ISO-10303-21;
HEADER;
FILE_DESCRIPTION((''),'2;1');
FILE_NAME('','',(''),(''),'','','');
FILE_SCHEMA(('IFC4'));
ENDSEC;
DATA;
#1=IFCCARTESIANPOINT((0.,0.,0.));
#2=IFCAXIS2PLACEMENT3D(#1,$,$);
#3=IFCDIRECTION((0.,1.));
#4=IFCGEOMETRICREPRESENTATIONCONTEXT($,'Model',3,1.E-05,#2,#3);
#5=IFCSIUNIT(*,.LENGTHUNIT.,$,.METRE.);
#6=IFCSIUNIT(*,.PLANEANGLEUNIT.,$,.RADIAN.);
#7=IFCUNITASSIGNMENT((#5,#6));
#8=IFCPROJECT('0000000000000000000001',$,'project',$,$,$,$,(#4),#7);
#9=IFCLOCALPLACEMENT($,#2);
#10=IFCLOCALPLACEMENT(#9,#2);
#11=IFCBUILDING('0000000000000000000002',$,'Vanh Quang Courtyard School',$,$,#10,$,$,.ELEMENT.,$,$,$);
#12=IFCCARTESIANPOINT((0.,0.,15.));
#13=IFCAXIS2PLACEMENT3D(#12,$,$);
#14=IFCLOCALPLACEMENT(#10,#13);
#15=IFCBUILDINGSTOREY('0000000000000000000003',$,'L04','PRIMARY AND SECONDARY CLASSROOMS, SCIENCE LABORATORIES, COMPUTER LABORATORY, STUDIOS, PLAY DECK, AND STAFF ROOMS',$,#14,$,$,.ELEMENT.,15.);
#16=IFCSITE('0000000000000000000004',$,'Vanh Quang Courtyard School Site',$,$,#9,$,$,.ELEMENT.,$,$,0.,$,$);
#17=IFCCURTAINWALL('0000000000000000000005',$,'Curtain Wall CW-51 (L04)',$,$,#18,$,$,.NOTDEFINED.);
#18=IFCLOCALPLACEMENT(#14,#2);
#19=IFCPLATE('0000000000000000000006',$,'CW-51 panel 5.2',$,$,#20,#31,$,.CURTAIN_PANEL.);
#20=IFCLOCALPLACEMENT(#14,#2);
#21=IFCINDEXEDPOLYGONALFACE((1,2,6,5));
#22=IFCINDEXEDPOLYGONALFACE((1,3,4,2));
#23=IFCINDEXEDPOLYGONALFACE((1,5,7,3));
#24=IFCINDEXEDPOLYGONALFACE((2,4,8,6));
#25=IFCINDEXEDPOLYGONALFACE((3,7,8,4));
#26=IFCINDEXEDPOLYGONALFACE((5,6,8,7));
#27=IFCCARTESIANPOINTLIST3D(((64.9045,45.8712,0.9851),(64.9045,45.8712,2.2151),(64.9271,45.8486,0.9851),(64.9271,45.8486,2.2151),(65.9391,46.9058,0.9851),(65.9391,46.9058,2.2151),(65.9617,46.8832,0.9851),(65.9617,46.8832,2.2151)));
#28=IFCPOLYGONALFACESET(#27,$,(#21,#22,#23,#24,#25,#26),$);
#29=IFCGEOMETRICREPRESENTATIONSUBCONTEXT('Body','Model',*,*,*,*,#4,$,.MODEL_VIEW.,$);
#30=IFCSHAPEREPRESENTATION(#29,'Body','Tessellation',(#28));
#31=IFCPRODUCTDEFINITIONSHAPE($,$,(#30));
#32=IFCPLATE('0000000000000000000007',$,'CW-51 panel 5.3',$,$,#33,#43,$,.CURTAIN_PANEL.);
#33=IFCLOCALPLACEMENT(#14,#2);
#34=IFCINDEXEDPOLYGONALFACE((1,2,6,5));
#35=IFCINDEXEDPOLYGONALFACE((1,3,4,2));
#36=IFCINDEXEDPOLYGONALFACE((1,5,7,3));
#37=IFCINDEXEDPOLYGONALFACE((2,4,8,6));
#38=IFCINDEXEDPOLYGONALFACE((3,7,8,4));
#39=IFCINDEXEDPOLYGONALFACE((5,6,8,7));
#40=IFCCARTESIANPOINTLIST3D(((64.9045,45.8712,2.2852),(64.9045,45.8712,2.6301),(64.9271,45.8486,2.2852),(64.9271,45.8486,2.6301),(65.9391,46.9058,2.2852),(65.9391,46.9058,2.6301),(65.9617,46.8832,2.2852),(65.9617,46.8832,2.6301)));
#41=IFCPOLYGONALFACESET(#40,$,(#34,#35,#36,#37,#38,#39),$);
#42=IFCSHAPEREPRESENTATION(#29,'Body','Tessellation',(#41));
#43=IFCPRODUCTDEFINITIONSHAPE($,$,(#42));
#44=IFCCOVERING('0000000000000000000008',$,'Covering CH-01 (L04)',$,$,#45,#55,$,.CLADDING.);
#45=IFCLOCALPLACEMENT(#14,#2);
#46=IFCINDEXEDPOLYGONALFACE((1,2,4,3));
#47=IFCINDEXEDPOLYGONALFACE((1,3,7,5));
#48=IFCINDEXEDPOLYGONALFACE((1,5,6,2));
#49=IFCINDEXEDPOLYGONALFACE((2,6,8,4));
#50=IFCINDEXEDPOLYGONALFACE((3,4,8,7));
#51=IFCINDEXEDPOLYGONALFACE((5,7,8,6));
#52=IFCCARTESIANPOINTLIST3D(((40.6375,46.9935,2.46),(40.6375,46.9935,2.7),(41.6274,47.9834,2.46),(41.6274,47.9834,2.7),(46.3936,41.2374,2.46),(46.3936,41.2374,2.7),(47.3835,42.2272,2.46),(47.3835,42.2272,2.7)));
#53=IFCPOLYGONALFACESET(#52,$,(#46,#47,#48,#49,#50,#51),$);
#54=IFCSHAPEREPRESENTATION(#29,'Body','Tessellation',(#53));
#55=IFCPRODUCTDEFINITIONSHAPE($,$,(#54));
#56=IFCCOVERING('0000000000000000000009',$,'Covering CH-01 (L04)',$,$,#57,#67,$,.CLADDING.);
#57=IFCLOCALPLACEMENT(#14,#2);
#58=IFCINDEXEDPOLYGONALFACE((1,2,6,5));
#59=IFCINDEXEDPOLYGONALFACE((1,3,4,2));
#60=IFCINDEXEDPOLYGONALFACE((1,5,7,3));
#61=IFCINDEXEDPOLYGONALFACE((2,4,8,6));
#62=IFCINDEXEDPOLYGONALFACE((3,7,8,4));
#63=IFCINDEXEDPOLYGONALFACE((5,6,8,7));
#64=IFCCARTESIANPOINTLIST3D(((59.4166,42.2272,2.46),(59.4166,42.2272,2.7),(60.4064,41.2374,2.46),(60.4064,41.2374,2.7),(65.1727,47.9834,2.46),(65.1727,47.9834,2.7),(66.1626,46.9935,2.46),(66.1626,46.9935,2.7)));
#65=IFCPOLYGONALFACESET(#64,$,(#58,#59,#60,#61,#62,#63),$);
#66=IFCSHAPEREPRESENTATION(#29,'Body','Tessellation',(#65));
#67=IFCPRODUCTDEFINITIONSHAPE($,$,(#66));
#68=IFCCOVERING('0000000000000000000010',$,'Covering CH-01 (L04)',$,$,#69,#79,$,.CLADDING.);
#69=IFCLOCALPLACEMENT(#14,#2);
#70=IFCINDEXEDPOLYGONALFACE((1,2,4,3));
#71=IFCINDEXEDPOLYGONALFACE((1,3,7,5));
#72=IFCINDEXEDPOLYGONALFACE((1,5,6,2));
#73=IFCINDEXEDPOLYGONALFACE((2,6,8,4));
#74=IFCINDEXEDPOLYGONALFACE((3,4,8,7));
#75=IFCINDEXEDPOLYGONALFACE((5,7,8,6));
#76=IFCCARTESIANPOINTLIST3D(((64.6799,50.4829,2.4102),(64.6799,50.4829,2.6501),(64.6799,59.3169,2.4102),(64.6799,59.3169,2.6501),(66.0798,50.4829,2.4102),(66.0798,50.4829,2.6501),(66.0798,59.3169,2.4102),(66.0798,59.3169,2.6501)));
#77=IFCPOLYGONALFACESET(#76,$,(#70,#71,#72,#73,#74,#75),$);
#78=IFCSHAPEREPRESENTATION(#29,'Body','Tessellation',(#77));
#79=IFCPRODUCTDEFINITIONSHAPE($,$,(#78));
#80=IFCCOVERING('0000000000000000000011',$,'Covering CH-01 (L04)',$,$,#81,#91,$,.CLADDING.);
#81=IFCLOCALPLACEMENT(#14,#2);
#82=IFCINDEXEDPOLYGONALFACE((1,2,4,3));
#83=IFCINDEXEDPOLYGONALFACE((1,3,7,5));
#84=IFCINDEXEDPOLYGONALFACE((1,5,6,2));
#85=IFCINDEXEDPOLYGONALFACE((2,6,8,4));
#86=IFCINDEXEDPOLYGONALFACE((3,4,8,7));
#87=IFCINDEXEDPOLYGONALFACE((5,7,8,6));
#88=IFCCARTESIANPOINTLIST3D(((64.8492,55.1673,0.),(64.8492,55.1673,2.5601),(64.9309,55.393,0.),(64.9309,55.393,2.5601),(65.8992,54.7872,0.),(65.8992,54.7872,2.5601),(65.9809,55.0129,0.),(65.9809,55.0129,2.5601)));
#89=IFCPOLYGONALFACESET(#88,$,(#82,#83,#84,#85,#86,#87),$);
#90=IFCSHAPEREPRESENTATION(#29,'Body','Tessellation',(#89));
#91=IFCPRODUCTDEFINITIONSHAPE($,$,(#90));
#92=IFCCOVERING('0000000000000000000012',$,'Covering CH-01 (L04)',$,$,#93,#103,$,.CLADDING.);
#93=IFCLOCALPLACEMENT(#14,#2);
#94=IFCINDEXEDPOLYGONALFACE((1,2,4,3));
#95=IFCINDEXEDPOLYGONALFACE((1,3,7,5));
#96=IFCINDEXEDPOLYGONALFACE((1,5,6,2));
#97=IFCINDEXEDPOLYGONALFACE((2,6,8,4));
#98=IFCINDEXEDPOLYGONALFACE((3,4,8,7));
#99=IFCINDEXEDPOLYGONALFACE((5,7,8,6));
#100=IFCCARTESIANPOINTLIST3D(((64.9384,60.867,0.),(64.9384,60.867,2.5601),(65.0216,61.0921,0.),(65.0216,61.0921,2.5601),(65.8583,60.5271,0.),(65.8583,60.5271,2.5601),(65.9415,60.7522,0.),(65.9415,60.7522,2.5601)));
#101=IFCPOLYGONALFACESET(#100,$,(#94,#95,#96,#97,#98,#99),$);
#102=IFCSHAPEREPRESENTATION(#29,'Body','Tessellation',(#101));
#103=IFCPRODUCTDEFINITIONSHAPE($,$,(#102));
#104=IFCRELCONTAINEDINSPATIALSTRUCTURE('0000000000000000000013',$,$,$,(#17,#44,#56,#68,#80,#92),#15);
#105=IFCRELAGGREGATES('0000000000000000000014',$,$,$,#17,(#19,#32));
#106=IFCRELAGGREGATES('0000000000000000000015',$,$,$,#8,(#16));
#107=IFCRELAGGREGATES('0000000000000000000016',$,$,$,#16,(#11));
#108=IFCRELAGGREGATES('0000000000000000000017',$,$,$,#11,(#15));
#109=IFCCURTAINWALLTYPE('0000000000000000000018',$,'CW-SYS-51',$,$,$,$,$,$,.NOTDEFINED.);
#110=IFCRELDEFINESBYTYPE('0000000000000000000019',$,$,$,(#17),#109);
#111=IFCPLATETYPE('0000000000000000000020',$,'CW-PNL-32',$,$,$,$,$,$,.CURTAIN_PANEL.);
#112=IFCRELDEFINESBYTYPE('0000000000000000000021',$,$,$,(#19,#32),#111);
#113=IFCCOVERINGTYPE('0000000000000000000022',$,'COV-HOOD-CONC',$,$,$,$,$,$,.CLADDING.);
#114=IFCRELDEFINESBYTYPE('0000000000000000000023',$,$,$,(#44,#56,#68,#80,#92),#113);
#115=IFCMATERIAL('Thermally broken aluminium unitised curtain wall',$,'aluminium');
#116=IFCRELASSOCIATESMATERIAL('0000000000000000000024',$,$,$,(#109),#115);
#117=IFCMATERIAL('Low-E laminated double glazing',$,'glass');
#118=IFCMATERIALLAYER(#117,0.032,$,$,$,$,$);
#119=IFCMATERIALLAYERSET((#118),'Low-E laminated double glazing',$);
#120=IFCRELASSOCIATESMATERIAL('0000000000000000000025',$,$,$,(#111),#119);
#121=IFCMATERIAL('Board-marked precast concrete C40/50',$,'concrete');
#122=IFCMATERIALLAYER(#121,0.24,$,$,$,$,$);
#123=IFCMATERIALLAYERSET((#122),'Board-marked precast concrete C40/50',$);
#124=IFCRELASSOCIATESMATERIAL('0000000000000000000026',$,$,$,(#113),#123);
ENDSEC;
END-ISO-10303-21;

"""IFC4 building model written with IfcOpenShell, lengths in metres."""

from ifc_helpers import new_model, si_unit, direction, frame, origin, origin_2d, place, context, subcontext, project, spatial, rectangle, extrude, material, layer, layer_set, type_object, element, aggregate, save


model = new_model("IFC4")

# Units and contexts
model_context = context("Model", 3, precision=1e-05, world=origin(), true_north=direction((0.0, 1.0)))
body_context = subcontext(model_context, "Body", "Model", "MODEL_VIEW")
ifc_project = project(units=[si_unit("LENGTHUNIT", "METRE"), si_unit("PLANEANGLEUNIT", "RADIAN")], contexts=[model_context])

# Site, building, storey
site_placement = place(None, origin())
site = spatial("IfcSite", under=ifc_project, at=site_placement, Name="Vanh Quang Courtyard School Site", CompositionType="ELEMENT", RefElevation=0.0)
building_placement = place(site_placement, origin())
building = spatial("IfcBuilding", under=site, at=building_placement, Name="Vanh Quang Courtyard School", CompositionType="ELEMENT")
storey_placement = place(building_placement, frame((0.0, 0.0, 15.0)))
storey = spatial("IfcBuildingStorey", under=building, at=storey_placement, Name="L04", Description="PRIMARY AND SECONDARY CLASSROOMS, SCIENCE LABORATORIES, COMPUTER LABORATORY, STUDIOS, PLAY DECK, AND STAFF ROOMS", CompositionType="ELEMENT", Elevation=15.0)

# Curtain wall, plates
ifc_material_1 = material(Name="Thermally broken aluminium unitised curtain wall", Category="aluminium")
curtain_wall_type = type_object("IfcCurtainWallType", Name="CW-SYS-51", PredefinedType="NOTDEFINED", material=ifc_material_1)
curtain_wall_placement = place(storey_placement, origin())
curtain_wall = element("IfcCurtainWall", 1, at=curtain_wall_placement, inside=storey, type_object=curtain_wall_type, Name="Curtain Wall CW-51 (L04)", PredefinedType="NOTDEFINED")
ifc_material_2 = material(Name="Low-E laminated double glazing", Category="glass")
ifc_layer_1 = layer(ifc_material_2, 0.032)
ifc_layer_set_1 = layer_set([ifc_layer_1], Name="Low-E laminated double glazing")
plate_type = type_object("IfcPlateType", Name="CW-PNL-32", PredefinedType="CURTAIN_PANEL", material=ifc_layer_set_1)
plate_1_placement = place(storey_placement, frame((65.4331, 46.3772, 0.9851), z_axis=(0.0, 0.0, 1.0), x_axis=(0.707107, 0.707107, 0.0)))
plate_1 = element("IfcPlate", 2, at=plate_1_placement, type_object=plate_type, Name="CW-51 panel 5.2", PredefinedType="CURTAIN_PANEL", context=body_context, shape_type="SweptSolid", body=[
    extrude(rectangle(XDim=1.4631, YDim=0.032, at=origin_2d()), origin(), (0.0, 0.0, 1.0), 1.23),
])
plate_2_placement = place(storey_placement, frame((65.4331, 46.3772, 2.2852), z_axis=(0.0, 0.0, 1.0), x_axis=(0.707107, 0.707107, 0.0)))
plate_2 = element("IfcPlate", 3, at=plate_2_placement, type_object=plate_type, Name="CW-51 panel 5.3", PredefinedType="CURTAIN_PANEL", context=body_context, shape_type="SweptSolid", body=[
    extrude(rectangle(XDim=1.4631, YDim=0.032, at=origin_2d()), origin(), (0.0, 0.0, 1.0), 0.345),
])
aggregate(curtain_wall, [plate_1, plate_2])

# Coverings
ifc_material_3 = material(Name="Board-marked precast concrete C40/50", Category="concrete")
ifc_layer_2 = layer(ifc_material_3, 0.24)
ifc_layer_set_2 = layer_set([ifc_layer_2], Name="Board-marked precast concrete C40/50")
covering_type = type_object("IfcCoveringType", Name="COV-HOOD-CONC", PredefinedType="CLADDING", material=ifc_layer_set_2)
for number, where, z_axis, x_axis, name in (
    (4, (44.0105, 44.6104, 2.46), (0.0, 0.0, 1.0), (0.707107, -0.707107, 0.0), "Covering CH-01 (L04)"),
    (5, (62.7896, 44.6104, 2.46), (0.0, 0.0, 1.0), (0.707107, 0.707107, 0.0), "Covering CH-01 (L04)"),
):
    element("IfcCovering", number, at=place(storey_placement, frame(where, z_axis=z_axis, x_axis=x_axis)), inside=storey, type_object=covering_type, Name=name, PredefinedType="CLADDING", context=body_context, shape_type="SweptSolid", body=[
        extrude(rectangle(XDim=8.1404, YDim=1.3999, at=origin_2d()), origin(), (0.0, 0.0, 1.0), 0.24),
    ])
covering_1_placement = place(storey_placement, frame((65.3799, 54.8999, 2.4102), z_axis=(0.0, 0.0, 1.0), x_axis=(0.0, 1.0, 0.0)))
element("IfcCovering", 6, at=covering_1_placement, inside=storey, type_object=covering_type, Name="Covering CH-01 (L04)", PredefinedType="CLADDING", context=body_context, shape_type="SweptSolid", body=[
    extrude(rectangle(XDim=8.834, YDim=1.3999, at=origin_2d()), origin(), (0.0, 0.0, 1.0), 0.24),
])
covering_2_placement = place(storey_placement, frame((65.415, 55.0901, 0.0), z_axis=(0.0, 0.0, 1.0), x_axis=(-0.940288, 0.34038, 0.0)))
element("IfcCovering", 7, at=covering_2_placement, inside=storey, type_object=covering_type, Name="Covering CH-01 (L04)", PredefinedType="CLADDING", context=body_context, shape_type="SweptSolid", body=[
    extrude(rectangle(XDim=1.1167, YDim=0.24, at=origin_2d()), origin(), (0.0, 0.0, 1.0), 2.5601),
])
covering_3_placement = place(storey_placement, frame((65.4399, 60.8096, 0.0), z_axis=(0.0, 0.0, 1.0), x_axis=(-0.93801, 0.346608, 0.0)))
element("IfcCovering", 8, at=covering_3_placement, inside=storey, type_object=covering_type, Name="Covering CH-01 (L04)", PredefinedType="CLADDING", context=body_context, shape_type="SweptSolid", body=[
    extrude(rectangle(XDim=0.9807, YDim=0.24, at=origin_2d()), origin(), (0.0, 0.0, 1.0), 2.5601),
])

save(model, "model.ifc")
